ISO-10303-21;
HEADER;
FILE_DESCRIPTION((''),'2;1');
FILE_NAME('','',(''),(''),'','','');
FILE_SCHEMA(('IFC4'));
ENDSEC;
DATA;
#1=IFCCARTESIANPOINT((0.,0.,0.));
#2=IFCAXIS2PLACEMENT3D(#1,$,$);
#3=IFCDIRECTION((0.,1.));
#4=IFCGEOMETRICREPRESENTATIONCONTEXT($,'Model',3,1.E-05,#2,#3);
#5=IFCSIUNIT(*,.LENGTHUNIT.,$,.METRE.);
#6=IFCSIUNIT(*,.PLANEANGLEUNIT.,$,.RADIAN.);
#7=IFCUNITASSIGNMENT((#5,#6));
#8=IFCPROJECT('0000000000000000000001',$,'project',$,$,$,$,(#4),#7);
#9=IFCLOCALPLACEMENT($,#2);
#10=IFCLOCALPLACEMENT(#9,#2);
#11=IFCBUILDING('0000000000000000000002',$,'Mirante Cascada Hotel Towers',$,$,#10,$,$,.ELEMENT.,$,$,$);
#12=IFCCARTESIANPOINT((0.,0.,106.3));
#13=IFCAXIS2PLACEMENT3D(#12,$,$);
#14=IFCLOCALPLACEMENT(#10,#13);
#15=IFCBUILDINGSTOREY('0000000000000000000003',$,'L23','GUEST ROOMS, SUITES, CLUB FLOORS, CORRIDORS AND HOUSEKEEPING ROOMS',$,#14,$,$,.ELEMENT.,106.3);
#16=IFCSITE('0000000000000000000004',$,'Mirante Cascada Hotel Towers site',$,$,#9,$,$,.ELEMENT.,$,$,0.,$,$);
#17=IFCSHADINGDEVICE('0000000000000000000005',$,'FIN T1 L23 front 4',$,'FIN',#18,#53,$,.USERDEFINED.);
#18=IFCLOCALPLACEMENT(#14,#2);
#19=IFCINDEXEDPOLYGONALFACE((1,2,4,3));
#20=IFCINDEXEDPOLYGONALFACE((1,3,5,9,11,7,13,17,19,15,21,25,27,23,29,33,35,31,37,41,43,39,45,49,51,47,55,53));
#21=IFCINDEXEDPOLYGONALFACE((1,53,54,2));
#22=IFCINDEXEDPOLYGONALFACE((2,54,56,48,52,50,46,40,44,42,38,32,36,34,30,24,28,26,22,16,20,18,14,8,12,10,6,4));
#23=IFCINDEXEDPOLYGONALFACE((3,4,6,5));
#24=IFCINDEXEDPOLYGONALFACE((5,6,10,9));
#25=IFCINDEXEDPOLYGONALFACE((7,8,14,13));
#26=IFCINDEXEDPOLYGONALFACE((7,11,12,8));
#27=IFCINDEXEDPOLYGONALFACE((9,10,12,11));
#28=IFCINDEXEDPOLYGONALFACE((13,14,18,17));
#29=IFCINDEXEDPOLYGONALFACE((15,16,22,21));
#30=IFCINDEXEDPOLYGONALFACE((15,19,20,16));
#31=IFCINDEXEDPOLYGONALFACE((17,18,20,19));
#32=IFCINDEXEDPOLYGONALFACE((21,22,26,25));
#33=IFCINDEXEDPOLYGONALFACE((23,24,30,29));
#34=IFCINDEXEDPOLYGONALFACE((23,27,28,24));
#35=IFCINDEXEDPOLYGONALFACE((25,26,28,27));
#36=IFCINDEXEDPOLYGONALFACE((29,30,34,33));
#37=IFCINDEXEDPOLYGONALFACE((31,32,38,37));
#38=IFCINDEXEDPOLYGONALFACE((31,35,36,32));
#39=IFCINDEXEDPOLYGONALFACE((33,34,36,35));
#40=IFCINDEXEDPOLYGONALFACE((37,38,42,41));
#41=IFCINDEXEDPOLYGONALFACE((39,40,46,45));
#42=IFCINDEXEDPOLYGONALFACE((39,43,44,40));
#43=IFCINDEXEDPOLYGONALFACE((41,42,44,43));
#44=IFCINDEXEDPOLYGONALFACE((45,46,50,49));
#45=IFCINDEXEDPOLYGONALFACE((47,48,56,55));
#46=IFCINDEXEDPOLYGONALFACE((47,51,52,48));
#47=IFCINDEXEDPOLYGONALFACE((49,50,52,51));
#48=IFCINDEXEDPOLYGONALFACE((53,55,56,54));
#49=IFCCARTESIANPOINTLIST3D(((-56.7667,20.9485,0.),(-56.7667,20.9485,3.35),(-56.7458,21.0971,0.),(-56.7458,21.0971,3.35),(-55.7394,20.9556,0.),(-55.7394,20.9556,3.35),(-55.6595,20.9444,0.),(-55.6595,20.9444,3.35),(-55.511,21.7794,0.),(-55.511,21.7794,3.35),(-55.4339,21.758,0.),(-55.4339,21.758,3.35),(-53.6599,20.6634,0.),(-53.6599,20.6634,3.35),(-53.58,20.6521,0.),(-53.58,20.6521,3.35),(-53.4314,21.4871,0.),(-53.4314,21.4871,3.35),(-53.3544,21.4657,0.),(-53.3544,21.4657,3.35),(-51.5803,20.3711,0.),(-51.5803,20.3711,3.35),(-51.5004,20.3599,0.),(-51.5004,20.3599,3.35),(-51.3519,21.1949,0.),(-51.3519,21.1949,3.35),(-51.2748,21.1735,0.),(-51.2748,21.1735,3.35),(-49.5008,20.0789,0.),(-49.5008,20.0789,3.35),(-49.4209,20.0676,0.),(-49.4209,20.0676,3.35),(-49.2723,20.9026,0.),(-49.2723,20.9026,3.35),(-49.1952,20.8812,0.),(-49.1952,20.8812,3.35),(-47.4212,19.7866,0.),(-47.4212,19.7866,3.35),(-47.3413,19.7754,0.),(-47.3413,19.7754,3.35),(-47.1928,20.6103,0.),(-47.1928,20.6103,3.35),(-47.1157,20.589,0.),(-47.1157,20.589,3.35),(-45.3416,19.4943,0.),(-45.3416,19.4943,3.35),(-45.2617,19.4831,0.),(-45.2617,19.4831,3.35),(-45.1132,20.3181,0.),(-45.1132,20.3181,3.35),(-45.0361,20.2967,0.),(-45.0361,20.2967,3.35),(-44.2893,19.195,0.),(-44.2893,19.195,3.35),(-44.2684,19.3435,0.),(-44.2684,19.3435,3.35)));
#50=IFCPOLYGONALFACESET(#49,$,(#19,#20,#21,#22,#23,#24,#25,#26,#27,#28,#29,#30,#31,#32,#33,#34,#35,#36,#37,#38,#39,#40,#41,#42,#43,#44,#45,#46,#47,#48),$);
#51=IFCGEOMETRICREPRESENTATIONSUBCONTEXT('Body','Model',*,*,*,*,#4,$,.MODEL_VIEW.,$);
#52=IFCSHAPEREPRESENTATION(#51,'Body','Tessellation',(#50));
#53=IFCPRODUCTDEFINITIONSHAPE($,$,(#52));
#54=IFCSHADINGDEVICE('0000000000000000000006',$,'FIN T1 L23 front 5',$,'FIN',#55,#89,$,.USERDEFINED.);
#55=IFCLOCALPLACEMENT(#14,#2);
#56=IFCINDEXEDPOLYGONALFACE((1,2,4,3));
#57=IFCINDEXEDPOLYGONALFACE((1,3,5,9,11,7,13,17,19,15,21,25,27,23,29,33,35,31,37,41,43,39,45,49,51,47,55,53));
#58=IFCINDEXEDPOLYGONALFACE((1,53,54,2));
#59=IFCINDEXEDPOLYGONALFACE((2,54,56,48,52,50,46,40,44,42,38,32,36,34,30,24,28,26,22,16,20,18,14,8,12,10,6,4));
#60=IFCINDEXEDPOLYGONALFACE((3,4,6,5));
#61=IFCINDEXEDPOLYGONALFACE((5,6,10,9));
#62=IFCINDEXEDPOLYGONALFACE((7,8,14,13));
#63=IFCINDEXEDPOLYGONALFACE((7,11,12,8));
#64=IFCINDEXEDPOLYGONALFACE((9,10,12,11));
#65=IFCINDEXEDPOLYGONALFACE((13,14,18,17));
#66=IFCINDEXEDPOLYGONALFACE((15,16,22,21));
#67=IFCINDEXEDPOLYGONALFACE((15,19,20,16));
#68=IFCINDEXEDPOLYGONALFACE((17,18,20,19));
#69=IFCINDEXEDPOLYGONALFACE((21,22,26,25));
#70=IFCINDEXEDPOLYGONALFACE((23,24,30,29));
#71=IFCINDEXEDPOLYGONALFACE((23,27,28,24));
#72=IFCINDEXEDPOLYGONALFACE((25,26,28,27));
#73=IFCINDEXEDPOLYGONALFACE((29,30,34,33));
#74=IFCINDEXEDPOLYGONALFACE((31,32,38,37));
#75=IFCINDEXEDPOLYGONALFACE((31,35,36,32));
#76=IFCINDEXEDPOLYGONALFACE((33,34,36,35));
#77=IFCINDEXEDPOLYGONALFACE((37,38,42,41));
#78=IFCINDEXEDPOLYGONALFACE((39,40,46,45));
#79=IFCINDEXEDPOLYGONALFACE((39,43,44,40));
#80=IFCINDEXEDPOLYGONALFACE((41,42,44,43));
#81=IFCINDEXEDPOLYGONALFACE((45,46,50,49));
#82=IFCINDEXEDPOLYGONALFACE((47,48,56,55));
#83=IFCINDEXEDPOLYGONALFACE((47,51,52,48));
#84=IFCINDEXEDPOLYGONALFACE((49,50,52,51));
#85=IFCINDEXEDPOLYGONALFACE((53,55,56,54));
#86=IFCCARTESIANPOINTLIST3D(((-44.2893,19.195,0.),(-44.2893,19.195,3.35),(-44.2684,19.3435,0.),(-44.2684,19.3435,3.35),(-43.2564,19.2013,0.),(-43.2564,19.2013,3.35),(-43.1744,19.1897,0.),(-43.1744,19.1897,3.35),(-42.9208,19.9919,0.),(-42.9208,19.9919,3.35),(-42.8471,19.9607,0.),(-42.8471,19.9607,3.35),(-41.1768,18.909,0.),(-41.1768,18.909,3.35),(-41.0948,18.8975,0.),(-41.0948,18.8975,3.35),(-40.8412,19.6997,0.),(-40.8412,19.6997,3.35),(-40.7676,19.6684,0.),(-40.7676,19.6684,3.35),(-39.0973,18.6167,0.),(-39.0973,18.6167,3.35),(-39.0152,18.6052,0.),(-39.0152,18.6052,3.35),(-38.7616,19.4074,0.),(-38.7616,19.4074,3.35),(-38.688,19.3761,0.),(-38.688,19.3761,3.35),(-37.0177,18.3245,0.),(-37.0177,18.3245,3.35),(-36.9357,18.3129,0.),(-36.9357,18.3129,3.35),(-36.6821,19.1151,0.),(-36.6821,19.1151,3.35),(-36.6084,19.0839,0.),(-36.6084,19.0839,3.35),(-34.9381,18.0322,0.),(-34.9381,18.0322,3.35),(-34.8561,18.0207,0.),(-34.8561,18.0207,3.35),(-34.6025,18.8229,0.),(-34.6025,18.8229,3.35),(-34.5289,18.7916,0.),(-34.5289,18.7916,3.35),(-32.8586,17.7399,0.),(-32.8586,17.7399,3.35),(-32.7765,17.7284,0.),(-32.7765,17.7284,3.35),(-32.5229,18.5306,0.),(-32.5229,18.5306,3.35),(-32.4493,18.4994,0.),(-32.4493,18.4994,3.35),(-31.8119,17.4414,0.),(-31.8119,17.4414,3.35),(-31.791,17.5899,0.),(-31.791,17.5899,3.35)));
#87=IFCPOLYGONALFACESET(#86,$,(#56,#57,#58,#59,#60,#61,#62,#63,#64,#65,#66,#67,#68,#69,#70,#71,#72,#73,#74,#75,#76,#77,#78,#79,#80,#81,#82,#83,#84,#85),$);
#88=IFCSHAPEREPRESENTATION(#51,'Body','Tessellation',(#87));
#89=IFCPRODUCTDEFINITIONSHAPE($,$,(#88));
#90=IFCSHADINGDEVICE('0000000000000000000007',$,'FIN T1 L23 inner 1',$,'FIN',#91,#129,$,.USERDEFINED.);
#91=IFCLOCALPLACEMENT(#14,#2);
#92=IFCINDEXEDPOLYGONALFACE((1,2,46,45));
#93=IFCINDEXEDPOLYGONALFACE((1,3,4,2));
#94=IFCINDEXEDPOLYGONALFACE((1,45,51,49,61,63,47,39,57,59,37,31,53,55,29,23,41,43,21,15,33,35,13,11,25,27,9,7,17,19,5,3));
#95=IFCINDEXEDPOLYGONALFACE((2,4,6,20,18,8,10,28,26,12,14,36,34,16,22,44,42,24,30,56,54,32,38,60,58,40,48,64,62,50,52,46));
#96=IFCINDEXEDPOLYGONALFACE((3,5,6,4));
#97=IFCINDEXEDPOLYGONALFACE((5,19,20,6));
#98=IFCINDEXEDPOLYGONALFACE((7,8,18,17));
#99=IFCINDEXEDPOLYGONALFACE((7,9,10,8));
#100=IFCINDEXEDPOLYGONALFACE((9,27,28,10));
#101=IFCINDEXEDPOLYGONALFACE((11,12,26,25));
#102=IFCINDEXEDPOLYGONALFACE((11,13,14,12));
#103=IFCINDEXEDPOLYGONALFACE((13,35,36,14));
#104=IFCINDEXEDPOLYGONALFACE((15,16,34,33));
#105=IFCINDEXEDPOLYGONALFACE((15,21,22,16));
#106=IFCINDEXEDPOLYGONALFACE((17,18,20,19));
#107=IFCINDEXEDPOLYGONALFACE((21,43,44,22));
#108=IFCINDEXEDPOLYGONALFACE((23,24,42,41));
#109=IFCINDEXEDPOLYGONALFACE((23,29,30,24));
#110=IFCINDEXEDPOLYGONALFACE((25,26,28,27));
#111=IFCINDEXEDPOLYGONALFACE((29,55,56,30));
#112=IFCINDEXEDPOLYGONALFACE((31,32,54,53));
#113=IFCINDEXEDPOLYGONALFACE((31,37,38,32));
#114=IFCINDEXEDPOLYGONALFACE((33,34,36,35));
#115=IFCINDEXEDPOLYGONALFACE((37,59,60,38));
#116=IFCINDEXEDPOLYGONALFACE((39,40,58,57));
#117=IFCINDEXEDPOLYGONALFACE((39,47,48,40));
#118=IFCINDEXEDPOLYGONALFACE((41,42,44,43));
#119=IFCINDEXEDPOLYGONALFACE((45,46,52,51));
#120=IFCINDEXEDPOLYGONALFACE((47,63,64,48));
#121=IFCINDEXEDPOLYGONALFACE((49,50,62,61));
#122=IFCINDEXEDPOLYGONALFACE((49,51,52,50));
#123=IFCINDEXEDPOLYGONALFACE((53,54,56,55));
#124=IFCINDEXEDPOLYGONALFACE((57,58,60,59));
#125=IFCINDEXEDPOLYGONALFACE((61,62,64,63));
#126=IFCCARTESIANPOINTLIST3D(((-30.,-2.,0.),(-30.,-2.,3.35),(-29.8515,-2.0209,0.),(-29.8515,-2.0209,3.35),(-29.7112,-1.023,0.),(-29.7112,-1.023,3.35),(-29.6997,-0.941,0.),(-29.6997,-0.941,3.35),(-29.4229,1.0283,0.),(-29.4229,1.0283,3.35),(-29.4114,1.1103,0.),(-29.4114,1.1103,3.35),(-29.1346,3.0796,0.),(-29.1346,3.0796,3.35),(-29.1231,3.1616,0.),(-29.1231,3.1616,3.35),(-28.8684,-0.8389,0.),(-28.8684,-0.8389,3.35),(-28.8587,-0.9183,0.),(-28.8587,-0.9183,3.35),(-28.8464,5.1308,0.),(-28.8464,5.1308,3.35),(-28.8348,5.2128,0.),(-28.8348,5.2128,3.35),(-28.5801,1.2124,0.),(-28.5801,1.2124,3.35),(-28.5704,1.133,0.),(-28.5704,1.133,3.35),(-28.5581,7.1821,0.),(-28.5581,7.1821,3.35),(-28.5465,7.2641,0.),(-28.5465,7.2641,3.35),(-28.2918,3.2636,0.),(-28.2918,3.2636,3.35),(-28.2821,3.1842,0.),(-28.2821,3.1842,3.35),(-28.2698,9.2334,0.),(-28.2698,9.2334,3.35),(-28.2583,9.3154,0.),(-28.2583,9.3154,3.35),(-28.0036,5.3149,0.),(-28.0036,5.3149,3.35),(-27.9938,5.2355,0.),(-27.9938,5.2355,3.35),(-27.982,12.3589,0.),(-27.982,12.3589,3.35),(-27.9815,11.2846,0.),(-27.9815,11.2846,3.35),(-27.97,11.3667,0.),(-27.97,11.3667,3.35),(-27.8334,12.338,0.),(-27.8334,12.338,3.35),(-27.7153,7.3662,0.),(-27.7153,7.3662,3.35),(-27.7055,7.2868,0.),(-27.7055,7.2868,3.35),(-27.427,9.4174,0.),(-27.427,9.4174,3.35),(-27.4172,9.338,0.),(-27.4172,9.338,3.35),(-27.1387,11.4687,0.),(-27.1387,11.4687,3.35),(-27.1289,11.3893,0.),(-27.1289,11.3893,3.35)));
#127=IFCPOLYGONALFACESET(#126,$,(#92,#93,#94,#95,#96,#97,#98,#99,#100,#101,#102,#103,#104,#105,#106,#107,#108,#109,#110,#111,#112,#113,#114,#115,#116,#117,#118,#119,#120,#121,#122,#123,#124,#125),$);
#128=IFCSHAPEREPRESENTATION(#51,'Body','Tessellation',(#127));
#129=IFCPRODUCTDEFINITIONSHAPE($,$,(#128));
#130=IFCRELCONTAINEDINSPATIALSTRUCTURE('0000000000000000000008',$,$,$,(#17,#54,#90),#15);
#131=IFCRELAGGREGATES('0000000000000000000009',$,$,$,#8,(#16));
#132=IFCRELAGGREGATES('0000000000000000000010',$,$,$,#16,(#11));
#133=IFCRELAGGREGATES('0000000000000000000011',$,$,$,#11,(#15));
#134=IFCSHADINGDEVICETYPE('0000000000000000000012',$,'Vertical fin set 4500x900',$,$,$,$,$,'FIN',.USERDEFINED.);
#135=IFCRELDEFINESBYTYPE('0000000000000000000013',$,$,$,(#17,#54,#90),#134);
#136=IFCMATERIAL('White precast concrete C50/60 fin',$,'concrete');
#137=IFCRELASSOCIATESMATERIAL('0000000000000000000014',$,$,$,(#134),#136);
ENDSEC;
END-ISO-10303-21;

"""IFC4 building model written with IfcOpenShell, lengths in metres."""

from ifc_helpers import new_model, si_unit, direction, frame, origin, place, context, subcontext, project, spatial, polyline, outline, extrude, material, type_object, element, save


model = new_model("IFC4")

# Units and contexts
model_context = context("Model", 3, precision=1e-05, world=origin(), true_north=direction((0.0, 1.0)))
body_context = subcontext(model_context, "Body", "Model", "MODEL_VIEW")
ifc_project = project(units=[si_unit("LENGTHUNIT", "METRE"), si_unit("PLANEANGLEUNIT", "RADIAN")], contexts=[model_context])

# Site, building, storey
site_placement = place(None, origin())
site = spatial("IfcSite", under=ifc_project, at=site_placement, Name="Mirante Cascada Hotel Towers site", CompositionType="ELEMENT", RefElevation=0.0)
building_placement = place(site_placement, origin())
building = spatial("IfcBuilding", under=site, at=building_placement, Name="Mirante Cascada Hotel Towers", CompositionType="ELEMENT")
storey_placement = place(building_placement, frame((0.0, 0.0, 106.3)))
storey = spatial("IfcBuildingStorey", under=building, at=storey_placement, Name="L23", Description="GUEST ROOMS, SUITES, CLUB FLOORS, CORRIDORS AND HOUSEKEEPING ROOMS", CompositionType="ELEMENT", Elevation=106.3)

# Shading devices
ifc_material_1 = material(Name="White precast concrete C50/60 fin", Category="concrete")
shading_device_type = type_object("IfcShadingDeviceType", Name="Vertical fin set 4500x900", ElementType="FIN", PredefinedType="USERDEFINED", material=ifc_material_1)
shading_device_1_placement = place(storey_placement, origin())
element("IfcShadingDevice", 1, at=shading_device_1_placement, inside=storey, type_object=shading_device_type, Name="FIN T1 L23 front 4", ObjectType="FIN", PredefinedType="USERDEFINED", context=body_context, shape_type="SweptSolid", body=[
    extrude(outline(polyline([(-45.0361, 20.2967), (-45.2617, 19.4831), (-44.2684, 19.3435), (-44.2893, 19.195), (-56.7667, 20.9485), (-56.7458, 21.0971), (-55.7394, 20.9556), (-55.511, 21.7794), (-55.4339, 21.758), (-55.6595, 20.9444), (-53.6599, 20.6634), (-53.4314, 21.4871), (-53.3544, 21.4657), (-53.58, 20.6521), (-51.5803, 20.3711), (-51.3519, 21.1949), (-51.2748, 21.1735), (-51.5004, 20.3599), (-49.5008, 20.0789), (-49.2723, 20.9026), (-49.1952, 20.8812), (-49.4209, 20.0676), (-47.4212, 19.7866), (-47.1928, 20.6103), (-47.1157, 20.589), (-47.3413, 19.7754), (-45.3416, 19.4943), (-45.1132, 20.3181), (-45.0361, 20.2967)])), origin(), (0.0, 0.0, 1.0), 3.35),
])
shading_device_2_placement = place(storey_placement, origin())
element("IfcShadingDevice", 2, at=shading_device_2_placement, inside=storey, type_object=shading_device_type, Name="FIN T1 L23 front 5", ObjectType="FIN", PredefinedType="USERDEFINED", context=body_context, shape_type="SweptSolid", body=[
    extrude(outline(polyline([(-32.4493, 18.4994), (-32.7765, 17.7284), (-31.791, 17.5899), (-31.8119, 17.4414), (-44.2893, 19.195), (-44.2684, 19.3435), (-43.2564, 19.2013), (-42.9208, 19.9919), (-42.8471, 19.9607), (-43.1744, 19.1897), (-41.1768, 18.909), (-40.8412, 19.6997), (-40.7676, 19.6684), (-41.0948, 18.8975), (-39.0973, 18.6167), (-38.7616, 19.4074), (-38.688, 19.3761), (-39.0152, 18.6052), (-37.0177, 18.3245), (-36.6821, 19.1151), (-36.6084, 19.0839), (-36.9357, 18.3129), (-34.9381, 18.0322), (-34.6025, 18.8229), (-34.5289, 18.7916), (-34.8561, 18.0207), (-32.8586, 17.7399), (-32.5229, 18.5306), (-32.4493, 18.4994)])), origin(), (0.0, 0.0, 1.0), 3.35),
])
shading_device_3_placement = place(storey_placement, origin())
element("IfcShadingDevice", 3, at=shading_device_3_placement, inside=storey, type_object=shading_device_type, Name="FIN T1 L23 inner 1", ObjectType="FIN", PredefinedType="USERDEFINED", context=body_context, shape_type="SweptSolid", body=[
    extrude(outline(polyline([(-29.7112, -1.023), (-29.8515, -2.0209), (-30.0, -2.0), (-27.982, 12.3589), (-27.8334, 12.338), (-27.97, 11.3667), (-27.1387, 11.4687), (-27.1289, 11.3893), (-27.9815, 11.2846), (-28.2583, 9.3154), (-27.427, 9.4174), (-27.4172, 9.338), (-28.2698, 9.2334), (-28.5465, 7.2641), (-27.7153, 7.3662), (-27.7055, 7.2868), (-28.5581, 7.1821), (-28.8348, 5.2128), (-28.0036, 5.3149), (-27.9938, 5.2355), (-28.8464, 5.1308), (-29.1231, 3.1616), (-28.2918, 3.2636), (-28.2821, 3.1842), (-29.1346, 3.0796), (-29.4114, 1.1103), (-28.5801, 1.2124), (-28.5704, 1.133), (-29.4229, 1.0283), (-29.6997, -0.941), (-28.8684, -0.8389), (-28.8587, -0.9183), (-29.7112, -1.023)])), origin(), (0.0, 0.0, 1.0), 3.35),
])

save(model, "model.ifc")
